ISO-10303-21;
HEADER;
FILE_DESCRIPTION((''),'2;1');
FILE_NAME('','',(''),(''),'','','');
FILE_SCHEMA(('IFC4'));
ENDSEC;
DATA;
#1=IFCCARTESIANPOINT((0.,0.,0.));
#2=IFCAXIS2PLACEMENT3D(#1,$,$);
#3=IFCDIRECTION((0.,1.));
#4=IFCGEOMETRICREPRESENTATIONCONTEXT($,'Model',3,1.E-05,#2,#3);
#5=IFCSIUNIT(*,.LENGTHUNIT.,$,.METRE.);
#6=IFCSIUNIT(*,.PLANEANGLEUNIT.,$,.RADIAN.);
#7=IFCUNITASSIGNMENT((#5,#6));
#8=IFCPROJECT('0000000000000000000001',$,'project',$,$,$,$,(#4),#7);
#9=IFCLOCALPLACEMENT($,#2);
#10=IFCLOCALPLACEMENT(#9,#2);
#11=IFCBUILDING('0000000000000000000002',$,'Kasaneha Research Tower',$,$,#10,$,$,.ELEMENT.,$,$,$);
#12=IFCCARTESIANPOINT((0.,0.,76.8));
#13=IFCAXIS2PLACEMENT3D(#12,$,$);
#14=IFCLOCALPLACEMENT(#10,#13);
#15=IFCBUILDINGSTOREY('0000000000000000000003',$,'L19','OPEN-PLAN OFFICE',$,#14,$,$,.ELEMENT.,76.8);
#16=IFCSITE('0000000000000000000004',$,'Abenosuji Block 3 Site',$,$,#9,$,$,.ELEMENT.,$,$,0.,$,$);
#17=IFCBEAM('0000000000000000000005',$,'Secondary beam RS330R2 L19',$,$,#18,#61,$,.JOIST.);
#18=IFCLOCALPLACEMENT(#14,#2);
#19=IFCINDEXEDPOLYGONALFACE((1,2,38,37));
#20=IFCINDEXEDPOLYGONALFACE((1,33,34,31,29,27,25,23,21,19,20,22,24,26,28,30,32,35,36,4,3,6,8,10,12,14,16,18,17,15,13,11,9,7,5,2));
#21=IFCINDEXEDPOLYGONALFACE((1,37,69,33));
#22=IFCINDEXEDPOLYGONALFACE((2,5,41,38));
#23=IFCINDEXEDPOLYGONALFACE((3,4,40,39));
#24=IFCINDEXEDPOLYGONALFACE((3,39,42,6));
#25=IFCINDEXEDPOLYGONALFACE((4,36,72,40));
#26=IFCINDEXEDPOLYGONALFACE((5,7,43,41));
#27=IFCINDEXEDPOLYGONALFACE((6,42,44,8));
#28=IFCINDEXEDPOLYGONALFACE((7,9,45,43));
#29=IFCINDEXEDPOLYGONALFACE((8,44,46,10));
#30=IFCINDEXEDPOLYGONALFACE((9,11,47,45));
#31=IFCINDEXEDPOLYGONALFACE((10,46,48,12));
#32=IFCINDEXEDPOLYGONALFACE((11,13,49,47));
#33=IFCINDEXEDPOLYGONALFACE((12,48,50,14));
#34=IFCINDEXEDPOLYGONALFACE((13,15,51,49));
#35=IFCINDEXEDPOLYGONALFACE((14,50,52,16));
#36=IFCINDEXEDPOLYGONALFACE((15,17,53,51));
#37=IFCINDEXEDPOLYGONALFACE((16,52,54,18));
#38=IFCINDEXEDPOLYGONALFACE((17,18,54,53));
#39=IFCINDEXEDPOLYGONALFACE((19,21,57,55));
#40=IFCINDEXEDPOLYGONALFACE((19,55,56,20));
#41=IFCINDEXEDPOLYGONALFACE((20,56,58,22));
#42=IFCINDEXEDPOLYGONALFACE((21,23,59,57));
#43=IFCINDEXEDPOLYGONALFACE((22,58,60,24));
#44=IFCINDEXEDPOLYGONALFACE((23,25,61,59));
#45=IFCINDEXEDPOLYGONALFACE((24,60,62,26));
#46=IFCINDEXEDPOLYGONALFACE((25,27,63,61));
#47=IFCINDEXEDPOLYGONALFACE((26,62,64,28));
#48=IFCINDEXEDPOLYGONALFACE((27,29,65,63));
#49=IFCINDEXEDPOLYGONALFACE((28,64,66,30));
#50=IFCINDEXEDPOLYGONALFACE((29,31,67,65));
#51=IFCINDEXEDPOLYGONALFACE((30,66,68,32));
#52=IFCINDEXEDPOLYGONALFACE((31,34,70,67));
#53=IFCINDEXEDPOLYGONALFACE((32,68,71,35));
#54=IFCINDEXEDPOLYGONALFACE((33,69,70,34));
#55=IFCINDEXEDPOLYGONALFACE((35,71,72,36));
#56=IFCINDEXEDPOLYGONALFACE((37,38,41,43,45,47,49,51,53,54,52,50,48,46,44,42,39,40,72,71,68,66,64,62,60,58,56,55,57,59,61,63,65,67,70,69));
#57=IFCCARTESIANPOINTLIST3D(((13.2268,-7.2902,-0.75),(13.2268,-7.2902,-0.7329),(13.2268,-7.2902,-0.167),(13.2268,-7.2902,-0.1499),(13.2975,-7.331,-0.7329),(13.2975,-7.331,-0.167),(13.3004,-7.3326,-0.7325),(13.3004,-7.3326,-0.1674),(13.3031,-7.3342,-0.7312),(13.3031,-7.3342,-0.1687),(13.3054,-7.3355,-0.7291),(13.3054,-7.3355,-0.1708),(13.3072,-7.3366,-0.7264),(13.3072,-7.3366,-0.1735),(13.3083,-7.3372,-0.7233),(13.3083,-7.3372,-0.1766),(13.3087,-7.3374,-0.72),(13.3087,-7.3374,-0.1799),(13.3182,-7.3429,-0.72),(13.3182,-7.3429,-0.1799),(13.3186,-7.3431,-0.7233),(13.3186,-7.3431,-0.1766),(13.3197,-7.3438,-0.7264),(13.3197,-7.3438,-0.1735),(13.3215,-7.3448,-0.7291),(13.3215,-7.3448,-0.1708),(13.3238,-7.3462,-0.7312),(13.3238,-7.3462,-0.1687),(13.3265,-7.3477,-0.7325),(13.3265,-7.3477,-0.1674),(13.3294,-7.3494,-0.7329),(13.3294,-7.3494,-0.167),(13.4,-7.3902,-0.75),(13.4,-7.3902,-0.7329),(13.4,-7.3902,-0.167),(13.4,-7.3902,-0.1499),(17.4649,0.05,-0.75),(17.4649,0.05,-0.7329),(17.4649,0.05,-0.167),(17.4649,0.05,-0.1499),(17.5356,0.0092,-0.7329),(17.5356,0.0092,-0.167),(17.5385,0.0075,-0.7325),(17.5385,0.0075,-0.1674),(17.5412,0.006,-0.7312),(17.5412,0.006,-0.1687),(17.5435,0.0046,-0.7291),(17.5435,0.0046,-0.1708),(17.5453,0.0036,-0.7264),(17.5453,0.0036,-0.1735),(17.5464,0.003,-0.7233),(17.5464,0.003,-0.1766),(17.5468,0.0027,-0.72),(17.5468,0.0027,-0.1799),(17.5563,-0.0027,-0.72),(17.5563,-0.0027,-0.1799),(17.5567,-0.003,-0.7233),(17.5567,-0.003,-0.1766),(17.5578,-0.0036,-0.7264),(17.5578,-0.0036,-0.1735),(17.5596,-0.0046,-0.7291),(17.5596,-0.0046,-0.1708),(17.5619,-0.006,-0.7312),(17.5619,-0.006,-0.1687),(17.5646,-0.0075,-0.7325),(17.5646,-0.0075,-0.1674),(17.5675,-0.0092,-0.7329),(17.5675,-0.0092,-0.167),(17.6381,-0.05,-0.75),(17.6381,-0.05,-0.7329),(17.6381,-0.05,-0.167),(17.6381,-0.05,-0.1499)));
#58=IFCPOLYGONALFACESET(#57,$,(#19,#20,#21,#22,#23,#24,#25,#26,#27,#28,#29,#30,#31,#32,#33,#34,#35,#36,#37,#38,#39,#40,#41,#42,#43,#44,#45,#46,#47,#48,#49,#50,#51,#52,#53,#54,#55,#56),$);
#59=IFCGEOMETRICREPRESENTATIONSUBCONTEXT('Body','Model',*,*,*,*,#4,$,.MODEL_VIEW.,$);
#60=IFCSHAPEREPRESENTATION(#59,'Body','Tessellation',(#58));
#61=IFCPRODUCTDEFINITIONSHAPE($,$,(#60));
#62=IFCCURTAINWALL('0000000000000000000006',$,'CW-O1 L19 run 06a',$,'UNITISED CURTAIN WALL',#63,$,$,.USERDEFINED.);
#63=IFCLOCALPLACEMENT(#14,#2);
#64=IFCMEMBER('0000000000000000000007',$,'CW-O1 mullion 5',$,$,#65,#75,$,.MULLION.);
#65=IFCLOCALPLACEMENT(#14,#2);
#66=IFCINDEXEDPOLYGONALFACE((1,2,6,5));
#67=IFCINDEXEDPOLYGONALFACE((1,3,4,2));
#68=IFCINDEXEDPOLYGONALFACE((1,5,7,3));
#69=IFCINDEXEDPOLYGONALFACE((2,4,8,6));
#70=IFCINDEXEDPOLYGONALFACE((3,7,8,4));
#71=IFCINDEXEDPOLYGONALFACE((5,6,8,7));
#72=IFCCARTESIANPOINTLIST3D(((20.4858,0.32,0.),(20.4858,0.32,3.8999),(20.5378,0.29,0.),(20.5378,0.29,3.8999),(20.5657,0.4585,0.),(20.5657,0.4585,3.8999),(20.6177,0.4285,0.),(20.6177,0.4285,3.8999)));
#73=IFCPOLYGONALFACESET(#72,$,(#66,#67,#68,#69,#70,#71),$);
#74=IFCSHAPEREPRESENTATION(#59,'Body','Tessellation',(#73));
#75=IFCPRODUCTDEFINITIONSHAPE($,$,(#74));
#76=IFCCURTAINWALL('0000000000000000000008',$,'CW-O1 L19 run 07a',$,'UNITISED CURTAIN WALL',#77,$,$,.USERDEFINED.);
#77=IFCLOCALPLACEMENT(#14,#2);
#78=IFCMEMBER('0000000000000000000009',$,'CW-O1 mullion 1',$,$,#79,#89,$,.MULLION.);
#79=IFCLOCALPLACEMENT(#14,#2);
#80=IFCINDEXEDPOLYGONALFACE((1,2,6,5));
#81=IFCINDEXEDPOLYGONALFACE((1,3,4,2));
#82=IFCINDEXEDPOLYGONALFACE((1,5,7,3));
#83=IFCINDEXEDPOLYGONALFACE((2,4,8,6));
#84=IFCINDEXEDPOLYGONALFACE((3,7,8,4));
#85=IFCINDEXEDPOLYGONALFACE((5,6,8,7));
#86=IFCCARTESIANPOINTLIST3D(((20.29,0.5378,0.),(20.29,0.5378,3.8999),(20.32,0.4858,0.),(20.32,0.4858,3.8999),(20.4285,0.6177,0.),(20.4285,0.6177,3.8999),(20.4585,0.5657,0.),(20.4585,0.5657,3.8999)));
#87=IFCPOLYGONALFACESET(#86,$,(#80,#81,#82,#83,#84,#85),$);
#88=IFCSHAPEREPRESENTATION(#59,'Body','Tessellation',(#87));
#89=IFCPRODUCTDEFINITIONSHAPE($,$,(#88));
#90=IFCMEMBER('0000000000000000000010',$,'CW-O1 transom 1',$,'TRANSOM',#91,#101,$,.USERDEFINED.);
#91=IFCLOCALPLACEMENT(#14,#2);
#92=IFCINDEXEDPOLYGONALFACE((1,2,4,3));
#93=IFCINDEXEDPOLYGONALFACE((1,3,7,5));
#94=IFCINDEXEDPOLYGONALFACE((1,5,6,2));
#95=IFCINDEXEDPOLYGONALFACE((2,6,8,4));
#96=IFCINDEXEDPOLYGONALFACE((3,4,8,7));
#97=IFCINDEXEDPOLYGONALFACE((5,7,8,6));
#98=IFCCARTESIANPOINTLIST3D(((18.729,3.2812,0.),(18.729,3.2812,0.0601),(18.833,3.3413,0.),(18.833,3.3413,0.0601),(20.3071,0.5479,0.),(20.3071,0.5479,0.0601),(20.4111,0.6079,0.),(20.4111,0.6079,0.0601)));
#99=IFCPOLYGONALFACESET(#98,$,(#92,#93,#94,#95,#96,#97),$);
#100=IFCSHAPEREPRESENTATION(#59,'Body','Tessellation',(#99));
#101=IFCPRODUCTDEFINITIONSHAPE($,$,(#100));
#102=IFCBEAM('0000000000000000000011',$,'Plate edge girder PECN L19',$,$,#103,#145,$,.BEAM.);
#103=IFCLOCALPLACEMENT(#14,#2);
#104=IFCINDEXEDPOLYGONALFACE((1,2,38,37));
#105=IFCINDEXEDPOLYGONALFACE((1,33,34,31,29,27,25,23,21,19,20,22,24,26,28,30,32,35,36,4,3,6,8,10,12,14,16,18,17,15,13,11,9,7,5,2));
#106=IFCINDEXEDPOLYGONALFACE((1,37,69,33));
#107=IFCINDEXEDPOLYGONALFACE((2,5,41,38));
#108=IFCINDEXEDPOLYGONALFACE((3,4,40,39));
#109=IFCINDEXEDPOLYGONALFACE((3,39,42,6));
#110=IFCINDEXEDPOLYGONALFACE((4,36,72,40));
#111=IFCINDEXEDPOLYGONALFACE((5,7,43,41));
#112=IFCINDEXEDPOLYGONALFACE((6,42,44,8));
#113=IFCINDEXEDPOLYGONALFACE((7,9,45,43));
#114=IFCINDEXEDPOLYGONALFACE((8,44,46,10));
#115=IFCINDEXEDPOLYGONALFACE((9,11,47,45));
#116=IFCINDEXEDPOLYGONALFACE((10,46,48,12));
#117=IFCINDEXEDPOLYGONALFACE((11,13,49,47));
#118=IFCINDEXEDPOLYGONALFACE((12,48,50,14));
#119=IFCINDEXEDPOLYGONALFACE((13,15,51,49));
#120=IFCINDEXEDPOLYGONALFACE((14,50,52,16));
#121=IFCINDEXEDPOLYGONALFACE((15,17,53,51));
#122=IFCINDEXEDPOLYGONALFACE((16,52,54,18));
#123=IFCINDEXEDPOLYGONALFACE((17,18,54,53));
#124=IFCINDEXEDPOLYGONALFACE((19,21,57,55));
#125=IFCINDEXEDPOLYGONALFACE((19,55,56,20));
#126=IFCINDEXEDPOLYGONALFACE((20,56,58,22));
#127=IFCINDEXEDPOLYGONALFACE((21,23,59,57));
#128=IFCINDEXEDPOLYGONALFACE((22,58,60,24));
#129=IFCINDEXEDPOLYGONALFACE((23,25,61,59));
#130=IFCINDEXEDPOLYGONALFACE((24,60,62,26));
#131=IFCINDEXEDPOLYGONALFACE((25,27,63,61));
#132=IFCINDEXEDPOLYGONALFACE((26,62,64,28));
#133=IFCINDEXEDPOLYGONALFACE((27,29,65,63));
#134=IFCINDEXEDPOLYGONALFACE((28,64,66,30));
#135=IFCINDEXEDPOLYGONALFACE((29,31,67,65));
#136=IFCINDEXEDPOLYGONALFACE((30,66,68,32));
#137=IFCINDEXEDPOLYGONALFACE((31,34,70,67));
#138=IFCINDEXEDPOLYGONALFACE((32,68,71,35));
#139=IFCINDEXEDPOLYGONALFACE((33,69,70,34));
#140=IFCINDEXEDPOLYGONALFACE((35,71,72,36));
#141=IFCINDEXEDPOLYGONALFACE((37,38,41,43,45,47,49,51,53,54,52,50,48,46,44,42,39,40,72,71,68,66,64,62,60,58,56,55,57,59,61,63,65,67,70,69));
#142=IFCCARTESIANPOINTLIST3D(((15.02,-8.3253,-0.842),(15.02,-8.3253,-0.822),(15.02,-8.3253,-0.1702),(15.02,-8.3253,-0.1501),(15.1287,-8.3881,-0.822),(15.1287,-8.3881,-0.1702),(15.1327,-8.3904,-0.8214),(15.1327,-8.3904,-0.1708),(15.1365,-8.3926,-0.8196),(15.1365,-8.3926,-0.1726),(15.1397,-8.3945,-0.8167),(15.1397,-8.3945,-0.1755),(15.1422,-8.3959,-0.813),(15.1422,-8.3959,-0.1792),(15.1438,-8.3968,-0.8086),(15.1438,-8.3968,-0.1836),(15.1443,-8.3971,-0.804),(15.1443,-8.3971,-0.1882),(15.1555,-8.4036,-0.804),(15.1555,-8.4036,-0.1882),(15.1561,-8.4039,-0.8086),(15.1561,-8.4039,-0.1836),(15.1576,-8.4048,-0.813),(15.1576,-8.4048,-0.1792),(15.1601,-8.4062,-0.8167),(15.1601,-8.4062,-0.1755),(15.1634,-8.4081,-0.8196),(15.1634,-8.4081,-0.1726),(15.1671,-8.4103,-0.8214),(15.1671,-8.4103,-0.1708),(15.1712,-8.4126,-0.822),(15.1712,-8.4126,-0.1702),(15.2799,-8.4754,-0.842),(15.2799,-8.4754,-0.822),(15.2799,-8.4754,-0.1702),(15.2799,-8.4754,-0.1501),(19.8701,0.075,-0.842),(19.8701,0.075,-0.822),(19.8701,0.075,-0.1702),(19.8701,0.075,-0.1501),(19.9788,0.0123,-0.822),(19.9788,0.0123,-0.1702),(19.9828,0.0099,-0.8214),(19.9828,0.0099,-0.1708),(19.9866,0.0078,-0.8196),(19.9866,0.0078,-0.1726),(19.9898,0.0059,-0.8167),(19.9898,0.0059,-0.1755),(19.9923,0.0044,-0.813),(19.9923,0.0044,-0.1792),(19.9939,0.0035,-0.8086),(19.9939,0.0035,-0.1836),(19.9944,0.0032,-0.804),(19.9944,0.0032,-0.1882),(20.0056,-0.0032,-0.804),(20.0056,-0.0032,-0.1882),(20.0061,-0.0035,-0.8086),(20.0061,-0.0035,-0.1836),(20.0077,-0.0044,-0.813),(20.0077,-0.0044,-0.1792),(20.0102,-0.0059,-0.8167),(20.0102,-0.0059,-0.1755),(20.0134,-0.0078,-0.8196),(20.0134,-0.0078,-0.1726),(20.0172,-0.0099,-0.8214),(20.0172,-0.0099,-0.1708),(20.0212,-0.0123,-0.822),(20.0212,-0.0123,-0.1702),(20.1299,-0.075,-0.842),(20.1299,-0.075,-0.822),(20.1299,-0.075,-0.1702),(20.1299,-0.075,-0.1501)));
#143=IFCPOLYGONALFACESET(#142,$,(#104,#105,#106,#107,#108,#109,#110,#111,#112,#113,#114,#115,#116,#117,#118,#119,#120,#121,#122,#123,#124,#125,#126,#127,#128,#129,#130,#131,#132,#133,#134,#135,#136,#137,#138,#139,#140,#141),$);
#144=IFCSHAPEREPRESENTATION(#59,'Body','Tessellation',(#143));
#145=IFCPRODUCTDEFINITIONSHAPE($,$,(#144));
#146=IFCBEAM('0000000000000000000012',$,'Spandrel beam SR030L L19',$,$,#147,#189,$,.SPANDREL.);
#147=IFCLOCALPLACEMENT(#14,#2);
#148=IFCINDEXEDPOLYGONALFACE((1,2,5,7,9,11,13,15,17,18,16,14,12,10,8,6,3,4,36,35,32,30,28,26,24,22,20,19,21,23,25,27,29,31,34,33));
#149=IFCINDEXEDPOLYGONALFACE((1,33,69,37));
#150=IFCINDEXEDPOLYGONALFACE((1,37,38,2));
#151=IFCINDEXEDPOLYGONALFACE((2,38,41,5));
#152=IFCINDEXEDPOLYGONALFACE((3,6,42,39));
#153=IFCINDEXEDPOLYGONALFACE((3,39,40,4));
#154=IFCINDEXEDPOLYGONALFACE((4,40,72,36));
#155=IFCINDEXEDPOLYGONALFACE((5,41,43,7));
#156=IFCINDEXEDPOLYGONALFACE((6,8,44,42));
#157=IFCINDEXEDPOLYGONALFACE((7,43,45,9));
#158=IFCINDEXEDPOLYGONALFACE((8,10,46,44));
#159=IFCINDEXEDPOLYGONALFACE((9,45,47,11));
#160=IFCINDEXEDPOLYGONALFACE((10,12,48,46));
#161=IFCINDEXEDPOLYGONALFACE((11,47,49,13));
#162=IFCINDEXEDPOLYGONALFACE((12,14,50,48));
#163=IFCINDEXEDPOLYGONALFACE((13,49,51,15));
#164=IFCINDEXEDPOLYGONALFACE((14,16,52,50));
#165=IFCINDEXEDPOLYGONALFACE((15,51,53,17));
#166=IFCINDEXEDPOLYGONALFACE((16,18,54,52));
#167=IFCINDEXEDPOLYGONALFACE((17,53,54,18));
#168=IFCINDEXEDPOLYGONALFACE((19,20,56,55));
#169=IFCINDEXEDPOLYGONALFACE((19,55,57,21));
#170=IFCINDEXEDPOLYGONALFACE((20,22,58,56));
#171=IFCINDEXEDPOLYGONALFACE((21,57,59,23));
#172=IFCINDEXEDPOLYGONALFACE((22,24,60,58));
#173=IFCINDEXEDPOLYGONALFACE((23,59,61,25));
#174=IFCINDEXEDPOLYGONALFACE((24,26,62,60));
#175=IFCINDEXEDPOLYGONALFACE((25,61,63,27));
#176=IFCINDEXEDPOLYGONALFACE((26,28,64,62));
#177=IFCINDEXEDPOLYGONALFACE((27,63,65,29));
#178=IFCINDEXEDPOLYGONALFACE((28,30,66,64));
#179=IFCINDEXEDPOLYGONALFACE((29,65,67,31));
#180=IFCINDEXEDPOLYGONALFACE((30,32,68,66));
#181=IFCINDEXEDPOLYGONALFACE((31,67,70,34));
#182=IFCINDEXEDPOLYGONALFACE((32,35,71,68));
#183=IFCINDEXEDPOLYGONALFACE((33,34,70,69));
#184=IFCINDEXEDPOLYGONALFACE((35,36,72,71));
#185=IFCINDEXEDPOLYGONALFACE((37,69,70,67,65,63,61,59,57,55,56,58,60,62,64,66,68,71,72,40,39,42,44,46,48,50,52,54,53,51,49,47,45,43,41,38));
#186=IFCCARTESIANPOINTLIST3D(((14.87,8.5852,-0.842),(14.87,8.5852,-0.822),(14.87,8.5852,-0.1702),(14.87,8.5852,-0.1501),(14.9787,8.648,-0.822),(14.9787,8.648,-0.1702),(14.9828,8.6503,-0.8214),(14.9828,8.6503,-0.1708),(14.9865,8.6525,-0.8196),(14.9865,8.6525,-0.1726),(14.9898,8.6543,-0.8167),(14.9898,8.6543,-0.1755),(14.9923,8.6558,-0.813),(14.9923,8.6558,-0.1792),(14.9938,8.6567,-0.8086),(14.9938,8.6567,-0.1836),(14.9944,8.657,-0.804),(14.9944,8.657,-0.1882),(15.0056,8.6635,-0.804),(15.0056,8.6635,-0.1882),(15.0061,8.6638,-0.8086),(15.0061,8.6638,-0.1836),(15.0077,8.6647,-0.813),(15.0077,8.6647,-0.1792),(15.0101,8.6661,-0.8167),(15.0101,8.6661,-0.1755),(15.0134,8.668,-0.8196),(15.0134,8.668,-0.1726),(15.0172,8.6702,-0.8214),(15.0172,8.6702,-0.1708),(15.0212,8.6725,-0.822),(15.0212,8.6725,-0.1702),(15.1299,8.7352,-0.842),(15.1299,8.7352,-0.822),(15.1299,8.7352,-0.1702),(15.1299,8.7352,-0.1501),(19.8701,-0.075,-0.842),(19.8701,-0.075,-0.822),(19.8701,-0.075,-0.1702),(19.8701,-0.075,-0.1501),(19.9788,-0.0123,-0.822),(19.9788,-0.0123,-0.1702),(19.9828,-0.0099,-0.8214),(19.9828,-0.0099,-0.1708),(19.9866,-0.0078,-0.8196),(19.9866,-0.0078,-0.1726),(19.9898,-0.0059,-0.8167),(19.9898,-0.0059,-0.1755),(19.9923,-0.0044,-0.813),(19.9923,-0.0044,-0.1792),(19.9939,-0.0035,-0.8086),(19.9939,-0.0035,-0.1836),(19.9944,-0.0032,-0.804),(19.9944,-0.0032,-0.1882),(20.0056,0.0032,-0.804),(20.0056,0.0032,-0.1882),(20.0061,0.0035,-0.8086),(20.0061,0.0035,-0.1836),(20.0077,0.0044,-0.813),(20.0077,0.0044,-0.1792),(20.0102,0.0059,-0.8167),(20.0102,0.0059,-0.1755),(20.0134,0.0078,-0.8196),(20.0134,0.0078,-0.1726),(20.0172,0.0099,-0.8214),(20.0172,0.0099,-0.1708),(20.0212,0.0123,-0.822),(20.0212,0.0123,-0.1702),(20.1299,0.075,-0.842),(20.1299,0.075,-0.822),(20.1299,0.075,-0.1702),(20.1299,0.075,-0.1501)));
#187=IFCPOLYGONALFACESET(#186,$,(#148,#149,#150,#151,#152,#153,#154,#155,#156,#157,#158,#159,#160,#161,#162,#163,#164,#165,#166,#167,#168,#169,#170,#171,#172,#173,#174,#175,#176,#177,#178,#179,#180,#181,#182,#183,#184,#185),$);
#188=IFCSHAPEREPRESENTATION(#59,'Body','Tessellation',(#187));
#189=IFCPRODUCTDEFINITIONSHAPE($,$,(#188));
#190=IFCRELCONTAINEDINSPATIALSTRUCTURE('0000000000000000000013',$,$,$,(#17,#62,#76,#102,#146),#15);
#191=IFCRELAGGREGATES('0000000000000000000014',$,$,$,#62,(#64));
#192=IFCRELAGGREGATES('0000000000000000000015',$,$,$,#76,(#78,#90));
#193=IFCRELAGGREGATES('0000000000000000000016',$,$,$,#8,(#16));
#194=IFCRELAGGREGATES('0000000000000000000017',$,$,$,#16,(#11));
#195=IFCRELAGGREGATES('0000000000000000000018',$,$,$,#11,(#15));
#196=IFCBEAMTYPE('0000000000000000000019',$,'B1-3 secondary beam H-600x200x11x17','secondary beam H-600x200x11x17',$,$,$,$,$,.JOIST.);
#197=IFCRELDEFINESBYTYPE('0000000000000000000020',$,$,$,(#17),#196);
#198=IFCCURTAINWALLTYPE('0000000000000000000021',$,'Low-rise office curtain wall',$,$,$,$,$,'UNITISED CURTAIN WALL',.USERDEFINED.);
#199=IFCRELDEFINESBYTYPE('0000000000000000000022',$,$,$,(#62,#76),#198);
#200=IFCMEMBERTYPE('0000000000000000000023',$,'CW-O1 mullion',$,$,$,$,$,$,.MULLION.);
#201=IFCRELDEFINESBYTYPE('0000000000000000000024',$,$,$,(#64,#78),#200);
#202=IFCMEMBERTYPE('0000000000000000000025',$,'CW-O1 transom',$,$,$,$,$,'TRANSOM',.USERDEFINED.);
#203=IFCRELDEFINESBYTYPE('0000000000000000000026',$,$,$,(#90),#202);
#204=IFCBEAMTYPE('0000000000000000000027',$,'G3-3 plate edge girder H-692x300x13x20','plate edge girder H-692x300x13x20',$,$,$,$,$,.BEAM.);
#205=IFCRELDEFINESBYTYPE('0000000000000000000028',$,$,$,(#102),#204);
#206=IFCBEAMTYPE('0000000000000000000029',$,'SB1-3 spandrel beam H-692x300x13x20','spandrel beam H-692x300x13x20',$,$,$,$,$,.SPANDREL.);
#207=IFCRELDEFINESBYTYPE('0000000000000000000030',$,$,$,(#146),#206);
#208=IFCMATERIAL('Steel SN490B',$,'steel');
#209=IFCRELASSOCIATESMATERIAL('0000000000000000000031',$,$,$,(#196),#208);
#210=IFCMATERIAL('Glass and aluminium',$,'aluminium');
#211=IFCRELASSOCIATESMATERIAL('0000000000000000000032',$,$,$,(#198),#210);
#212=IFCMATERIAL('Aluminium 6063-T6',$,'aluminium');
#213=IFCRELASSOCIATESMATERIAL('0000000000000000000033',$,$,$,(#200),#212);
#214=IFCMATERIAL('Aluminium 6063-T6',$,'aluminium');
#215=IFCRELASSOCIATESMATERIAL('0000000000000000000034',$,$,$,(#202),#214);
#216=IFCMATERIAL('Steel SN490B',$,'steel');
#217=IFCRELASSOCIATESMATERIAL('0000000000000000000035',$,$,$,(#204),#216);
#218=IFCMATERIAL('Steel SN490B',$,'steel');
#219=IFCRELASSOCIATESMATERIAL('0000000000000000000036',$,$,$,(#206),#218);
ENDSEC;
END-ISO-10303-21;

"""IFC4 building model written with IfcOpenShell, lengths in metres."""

from ifc_helpers import new_model, si_unit, direction, frame, origin, origin_2d, place, context, subcontext, project, spatial, rectangle, i_section, extrude, material, material_profile, profile_set, type_object, element, aggregate, save


model = new_model("IFC4")

# Units and contexts
model_context = context("Model", 3, precision=1e-05, world=origin(), true_north=direction((0.0, 1.0)))
body_context = subcontext(model_context, "Body", "Model", "MODEL_VIEW")
ifc_project = project(units=[si_unit("LENGTHUNIT", "METRE"), si_unit("PLANEANGLEUNIT", "RADIAN")], contexts=[model_context])

# Site, building, storey
site_placement = place(None, origin())
site = spatial("IfcSite", under=ifc_project, at=site_placement, Name="Abenosuji Block 3 Site", CompositionType="ELEMENT", RefElevation=0.0)
building_placement = place(site_placement, origin())
building = spatial("IfcBuilding", under=site, at=building_placement, Name="Kasaneha Research Tower", CompositionType="ELEMENT")
storey_placement = place(building_placement, frame((0.0, 0.0, 76.8)))
storey = spatial("IfcBuildingStorey", under=building, at=storey_placement, Name="L19", Description="OPEN-PLAN OFFICE", CompositionType="ELEMENT", Elevation=76.8)

# Beam
ifc_material_1 = material(Name="Steel SN490B", Category="steel")
ifc_material_profile_1 = material_profile(ifc_material_1, i_section(OverallWidth=0.2, OverallDepth=0.6001, WebThickness=0.011, FlangeThickness=0.0171, FilletRadius=0.0129, at=origin_2d()), Name="H-600x200x11x17")
ifc_profile_set_1 = profile_set([ifc_material_profile_1], Name="Steel SN490B")
beam_type_1 = type_object("IfcBeamType", Name="B1-3 secondary beam H-600x200x11x17", Description="secondary beam H-600x200x11x17", PredefinedType="JOIST", material=ifc_profile_set_1)
beam_1_placement = place(storey_placement, frame((17.5515, 0.0, -0.45), z_axis=(-0.500021, -0.866013, 0.0), x_axis=(0.866013, -0.500021, 0.0)))
element("IfcBeam", 1, at=beam_1_placement, inside=storey, type_object=beam_type_1, Name="Secondary beam RS330R2 L19", PredefinedType="JOIST", context=body_context, shape_type="SweptSolid", body=[
    extrude(i_section(OverallWidth=0.2, OverallDepth=0.6001, WebThickness=0.011, FlangeThickness=0.0171, FilletRadius=0.0129, at=origin_2d()), origin(), (0.0, 0.0, 1.0), 8.4758),
])

# Curtain wall, member
ifc_material_2 = material(Name="Glass and aluminium", Category="aluminium")
curtain_wall_type = type_object("IfcCurtainWallType", Name="Low-rise office curtain wall", ElementType="UNITISED CURTAIN WALL", PredefinedType="USERDEFINED", material=ifc_material_2)
curtain_wall_1_placement = place(storey_placement, origin())
curtain_wall_1 = element("IfcCurtainWall", 2, at=curtain_wall_1_placement, inside=storey, type_object=curtain_wall_type, Name="CW-O1 L19 run 06a", ObjectType="UNITISED CURTAIN WALL", PredefinedType="USERDEFINED")
ifc_material_3 = material(Name="Aluminium 6063-T6", Category="aluminium")
ifc_material_profile_2 = material_profile(ifc_material_3, rectangle(XDim=0.0601, YDim=0.1599, at=origin_2d()), Name="CW-O1 mullion 60x160")
ifc_profile_set_2 = profile_set([ifc_material_profile_2], Name="Aluminium 6063-T6")
member_type_1 = type_object("IfcMemberType", Name="CW-O1 mullion", PredefinedType="MULLION", material=ifc_profile_set_2)
member_1_placement = place(storey_placement, frame((20.5518, 0.3743, 0.0), z_axis=(0.0, 0.0, 1.0), x_axis=(-0.866025, 0.5, 0.0)))
member_1 = element("IfcMember", 3, at=member_1_placement, type_object=member_type_1, Name="CW-O1 mullion 5", PredefinedType="MULLION", context=body_context, shape_type="SweptSolid", body=[
    extrude(rectangle(XDim=0.0601, YDim=0.1599, at=origin_2d()), origin(), (0.0, 0.0, 1.0), 3.8999),
])
aggregate(curtain_wall_1, [member_1])

# Curtain wall, members
curtain_wall_2_placement = place(storey_placement, origin())
curtain_wall_2 = element("IfcCurtainWall", 4, at=curtain_wall_2_placement, inside=storey, type_object=curtain_wall_type, Name="CW-O1 L19 run 07a", ObjectType="UNITISED CURTAIN WALL", PredefinedType="USERDEFINED")
member_2_placement = place(storey_placement, frame((20.3743, 0.5518, 0.0), z_axis=(0.0, 0.0, 1.0), x_axis=(-0.5, 0.866025, 0.0)))
member_2 = element("IfcMember", 5, at=member_2_placement, type_object=member_type_1, Name="CW-O1 mullion 1", PredefinedType="MULLION", context=body_context, shape_type="SweptSolid", body=[
    extrude(rectangle(XDim=0.0601, YDim=0.1599, at=origin_2d()), origin(), (0.0, 0.0, 1.0), 3.8999),
])
ifc_material_4 = material(Name="Aluminium 6063-T6", Category="aluminium")
ifc_material_profile_3 = material_profile(ifc_material_4, rectangle(XDim=0.1201, YDim=0.0601, at=origin_2d()), Name="CW-O1 transom 120x60")
ifc_profile_set_3 = profile_set([ifc_material_profile_3], Name="Aluminium 6063-T6")
member_type_2 = type_object("IfcMemberType", Name="CW-O1 transom", ElementType="TRANSOM", PredefinedType="USERDEFINED", material=ifc_profile_set_3)
member_3_placement = place(storey_placement, frame((20.3591, 0.5779, 0.03), z_axis=(-0.499999, 0.866026, 0.0), x_axis=(-0.866026, -0.499999, 0.0)))
member_3 = element("IfcMember", 6, at=member_3_placement, type_object=member_type_2, Name="CW-O1 transom 1", ObjectType="TRANSOM", PredefinedType="USERDEFINED", context=body_context, shape_type="SweptSolid", body=[
    extrude(rectangle(XDim=0.1201, YDim=0.0601, at=origin_2d()), origin(), (0.0, 0.0, 1.0), 3.1562),
])

# Beams
ifc_material_5 = material(Name="Steel SN490B", Category="steel")
ifc_material_profile_4 = material_profile(ifc_material_5, i_section(OverallWidth=0.3, OverallDepth=0.6919, WebThickness=0.0129, FlangeThickness=0.02, FilletRadius=0.0181, at=origin_2d()), Name="H-692x300x13x20")
ifc_profile_set_4 = profile_set([ifc_material_profile_4], Name="Steel SN490B")
beam_type_2 = type_object("IfcBeamType", Name="G3-3 plate edge girder H-692x300x13x20", Description="plate edge girder H-692x300x13x20", PredefinedType="BEAM", material=ifc_profile_set_4)
beam_2_placement = place(storey_placement, frame((20.0, 0.0, -0.4961), z_axis=(-0.50001, -0.86602, 0.0), x_axis=(0.86602, -0.50001, 0.0)))
element("IfcBeam", 7, at=beam_2_placement, inside=storey, type_object=beam_type_2, Name="Plate edge girder PECN L19", PredefinedType="BEAM", context=body_context, shape_type="SweptSolid", body=[
    extrude(i_section(OverallWidth=0.3, OverallDepth=0.6919, WebThickness=0.0129, FlangeThickness=0.02, FilletRadius=0.0181, at=origin_2d()), origin(), (0.0, 0.0, 1.0), 9.7),
])
ifc_material_6 = material(Name="Steel SN490B", Category="steel")
ifc_material_profile_5 = material_profile(ifc_material_6, i_section(OverallWidth=0.3, OverallDepth=0.6919, WebThickness=0.0129, FlangeThickness=0.02, FilletRadius=0.0181, at=origin_2d()), Name="H-692x300x13x20")
ifc_profile_set_5 = profile_set([ifc_material_profile_5], Name="Steel SN490B")
beam_type_3 = type_object("IfcBeamType", Name="SB1-3 spandrel beam H-692x300x13x20", Description="spandrel beam H-692x300x13x20", PredefinedType="SPANDREL", material=ifc_profile_set_5)
beam_3_placement = place(storey_placement, frame((20.0, 0.0, -0.4961), z_axis=(-0.500004, 0.866023, 0.0), x_axis=(-0.866023, -0.500004, 0.0)))
element("IfcBeam", 8, at=beam_3_placement, inside=storey, type_object=beam_type_3, Name="Spandrel beam SR030L L19", PredefinedType="SPANDREL", context=body_context, shape_type="SweptSolid", body=[
    extrude(i_section(OverallWidth=0.3, OverallDepth=0.6919, WebThickness=0.0129, FlangeThickness=0.02, FilletRadius=0.0181, at=origin_2d()), origin(), (0.0, 0.0, 1.0), 10.0),
])

aggregate(curtain_wall_2, [member_2, member_3])

save(model, "model.ifc")
